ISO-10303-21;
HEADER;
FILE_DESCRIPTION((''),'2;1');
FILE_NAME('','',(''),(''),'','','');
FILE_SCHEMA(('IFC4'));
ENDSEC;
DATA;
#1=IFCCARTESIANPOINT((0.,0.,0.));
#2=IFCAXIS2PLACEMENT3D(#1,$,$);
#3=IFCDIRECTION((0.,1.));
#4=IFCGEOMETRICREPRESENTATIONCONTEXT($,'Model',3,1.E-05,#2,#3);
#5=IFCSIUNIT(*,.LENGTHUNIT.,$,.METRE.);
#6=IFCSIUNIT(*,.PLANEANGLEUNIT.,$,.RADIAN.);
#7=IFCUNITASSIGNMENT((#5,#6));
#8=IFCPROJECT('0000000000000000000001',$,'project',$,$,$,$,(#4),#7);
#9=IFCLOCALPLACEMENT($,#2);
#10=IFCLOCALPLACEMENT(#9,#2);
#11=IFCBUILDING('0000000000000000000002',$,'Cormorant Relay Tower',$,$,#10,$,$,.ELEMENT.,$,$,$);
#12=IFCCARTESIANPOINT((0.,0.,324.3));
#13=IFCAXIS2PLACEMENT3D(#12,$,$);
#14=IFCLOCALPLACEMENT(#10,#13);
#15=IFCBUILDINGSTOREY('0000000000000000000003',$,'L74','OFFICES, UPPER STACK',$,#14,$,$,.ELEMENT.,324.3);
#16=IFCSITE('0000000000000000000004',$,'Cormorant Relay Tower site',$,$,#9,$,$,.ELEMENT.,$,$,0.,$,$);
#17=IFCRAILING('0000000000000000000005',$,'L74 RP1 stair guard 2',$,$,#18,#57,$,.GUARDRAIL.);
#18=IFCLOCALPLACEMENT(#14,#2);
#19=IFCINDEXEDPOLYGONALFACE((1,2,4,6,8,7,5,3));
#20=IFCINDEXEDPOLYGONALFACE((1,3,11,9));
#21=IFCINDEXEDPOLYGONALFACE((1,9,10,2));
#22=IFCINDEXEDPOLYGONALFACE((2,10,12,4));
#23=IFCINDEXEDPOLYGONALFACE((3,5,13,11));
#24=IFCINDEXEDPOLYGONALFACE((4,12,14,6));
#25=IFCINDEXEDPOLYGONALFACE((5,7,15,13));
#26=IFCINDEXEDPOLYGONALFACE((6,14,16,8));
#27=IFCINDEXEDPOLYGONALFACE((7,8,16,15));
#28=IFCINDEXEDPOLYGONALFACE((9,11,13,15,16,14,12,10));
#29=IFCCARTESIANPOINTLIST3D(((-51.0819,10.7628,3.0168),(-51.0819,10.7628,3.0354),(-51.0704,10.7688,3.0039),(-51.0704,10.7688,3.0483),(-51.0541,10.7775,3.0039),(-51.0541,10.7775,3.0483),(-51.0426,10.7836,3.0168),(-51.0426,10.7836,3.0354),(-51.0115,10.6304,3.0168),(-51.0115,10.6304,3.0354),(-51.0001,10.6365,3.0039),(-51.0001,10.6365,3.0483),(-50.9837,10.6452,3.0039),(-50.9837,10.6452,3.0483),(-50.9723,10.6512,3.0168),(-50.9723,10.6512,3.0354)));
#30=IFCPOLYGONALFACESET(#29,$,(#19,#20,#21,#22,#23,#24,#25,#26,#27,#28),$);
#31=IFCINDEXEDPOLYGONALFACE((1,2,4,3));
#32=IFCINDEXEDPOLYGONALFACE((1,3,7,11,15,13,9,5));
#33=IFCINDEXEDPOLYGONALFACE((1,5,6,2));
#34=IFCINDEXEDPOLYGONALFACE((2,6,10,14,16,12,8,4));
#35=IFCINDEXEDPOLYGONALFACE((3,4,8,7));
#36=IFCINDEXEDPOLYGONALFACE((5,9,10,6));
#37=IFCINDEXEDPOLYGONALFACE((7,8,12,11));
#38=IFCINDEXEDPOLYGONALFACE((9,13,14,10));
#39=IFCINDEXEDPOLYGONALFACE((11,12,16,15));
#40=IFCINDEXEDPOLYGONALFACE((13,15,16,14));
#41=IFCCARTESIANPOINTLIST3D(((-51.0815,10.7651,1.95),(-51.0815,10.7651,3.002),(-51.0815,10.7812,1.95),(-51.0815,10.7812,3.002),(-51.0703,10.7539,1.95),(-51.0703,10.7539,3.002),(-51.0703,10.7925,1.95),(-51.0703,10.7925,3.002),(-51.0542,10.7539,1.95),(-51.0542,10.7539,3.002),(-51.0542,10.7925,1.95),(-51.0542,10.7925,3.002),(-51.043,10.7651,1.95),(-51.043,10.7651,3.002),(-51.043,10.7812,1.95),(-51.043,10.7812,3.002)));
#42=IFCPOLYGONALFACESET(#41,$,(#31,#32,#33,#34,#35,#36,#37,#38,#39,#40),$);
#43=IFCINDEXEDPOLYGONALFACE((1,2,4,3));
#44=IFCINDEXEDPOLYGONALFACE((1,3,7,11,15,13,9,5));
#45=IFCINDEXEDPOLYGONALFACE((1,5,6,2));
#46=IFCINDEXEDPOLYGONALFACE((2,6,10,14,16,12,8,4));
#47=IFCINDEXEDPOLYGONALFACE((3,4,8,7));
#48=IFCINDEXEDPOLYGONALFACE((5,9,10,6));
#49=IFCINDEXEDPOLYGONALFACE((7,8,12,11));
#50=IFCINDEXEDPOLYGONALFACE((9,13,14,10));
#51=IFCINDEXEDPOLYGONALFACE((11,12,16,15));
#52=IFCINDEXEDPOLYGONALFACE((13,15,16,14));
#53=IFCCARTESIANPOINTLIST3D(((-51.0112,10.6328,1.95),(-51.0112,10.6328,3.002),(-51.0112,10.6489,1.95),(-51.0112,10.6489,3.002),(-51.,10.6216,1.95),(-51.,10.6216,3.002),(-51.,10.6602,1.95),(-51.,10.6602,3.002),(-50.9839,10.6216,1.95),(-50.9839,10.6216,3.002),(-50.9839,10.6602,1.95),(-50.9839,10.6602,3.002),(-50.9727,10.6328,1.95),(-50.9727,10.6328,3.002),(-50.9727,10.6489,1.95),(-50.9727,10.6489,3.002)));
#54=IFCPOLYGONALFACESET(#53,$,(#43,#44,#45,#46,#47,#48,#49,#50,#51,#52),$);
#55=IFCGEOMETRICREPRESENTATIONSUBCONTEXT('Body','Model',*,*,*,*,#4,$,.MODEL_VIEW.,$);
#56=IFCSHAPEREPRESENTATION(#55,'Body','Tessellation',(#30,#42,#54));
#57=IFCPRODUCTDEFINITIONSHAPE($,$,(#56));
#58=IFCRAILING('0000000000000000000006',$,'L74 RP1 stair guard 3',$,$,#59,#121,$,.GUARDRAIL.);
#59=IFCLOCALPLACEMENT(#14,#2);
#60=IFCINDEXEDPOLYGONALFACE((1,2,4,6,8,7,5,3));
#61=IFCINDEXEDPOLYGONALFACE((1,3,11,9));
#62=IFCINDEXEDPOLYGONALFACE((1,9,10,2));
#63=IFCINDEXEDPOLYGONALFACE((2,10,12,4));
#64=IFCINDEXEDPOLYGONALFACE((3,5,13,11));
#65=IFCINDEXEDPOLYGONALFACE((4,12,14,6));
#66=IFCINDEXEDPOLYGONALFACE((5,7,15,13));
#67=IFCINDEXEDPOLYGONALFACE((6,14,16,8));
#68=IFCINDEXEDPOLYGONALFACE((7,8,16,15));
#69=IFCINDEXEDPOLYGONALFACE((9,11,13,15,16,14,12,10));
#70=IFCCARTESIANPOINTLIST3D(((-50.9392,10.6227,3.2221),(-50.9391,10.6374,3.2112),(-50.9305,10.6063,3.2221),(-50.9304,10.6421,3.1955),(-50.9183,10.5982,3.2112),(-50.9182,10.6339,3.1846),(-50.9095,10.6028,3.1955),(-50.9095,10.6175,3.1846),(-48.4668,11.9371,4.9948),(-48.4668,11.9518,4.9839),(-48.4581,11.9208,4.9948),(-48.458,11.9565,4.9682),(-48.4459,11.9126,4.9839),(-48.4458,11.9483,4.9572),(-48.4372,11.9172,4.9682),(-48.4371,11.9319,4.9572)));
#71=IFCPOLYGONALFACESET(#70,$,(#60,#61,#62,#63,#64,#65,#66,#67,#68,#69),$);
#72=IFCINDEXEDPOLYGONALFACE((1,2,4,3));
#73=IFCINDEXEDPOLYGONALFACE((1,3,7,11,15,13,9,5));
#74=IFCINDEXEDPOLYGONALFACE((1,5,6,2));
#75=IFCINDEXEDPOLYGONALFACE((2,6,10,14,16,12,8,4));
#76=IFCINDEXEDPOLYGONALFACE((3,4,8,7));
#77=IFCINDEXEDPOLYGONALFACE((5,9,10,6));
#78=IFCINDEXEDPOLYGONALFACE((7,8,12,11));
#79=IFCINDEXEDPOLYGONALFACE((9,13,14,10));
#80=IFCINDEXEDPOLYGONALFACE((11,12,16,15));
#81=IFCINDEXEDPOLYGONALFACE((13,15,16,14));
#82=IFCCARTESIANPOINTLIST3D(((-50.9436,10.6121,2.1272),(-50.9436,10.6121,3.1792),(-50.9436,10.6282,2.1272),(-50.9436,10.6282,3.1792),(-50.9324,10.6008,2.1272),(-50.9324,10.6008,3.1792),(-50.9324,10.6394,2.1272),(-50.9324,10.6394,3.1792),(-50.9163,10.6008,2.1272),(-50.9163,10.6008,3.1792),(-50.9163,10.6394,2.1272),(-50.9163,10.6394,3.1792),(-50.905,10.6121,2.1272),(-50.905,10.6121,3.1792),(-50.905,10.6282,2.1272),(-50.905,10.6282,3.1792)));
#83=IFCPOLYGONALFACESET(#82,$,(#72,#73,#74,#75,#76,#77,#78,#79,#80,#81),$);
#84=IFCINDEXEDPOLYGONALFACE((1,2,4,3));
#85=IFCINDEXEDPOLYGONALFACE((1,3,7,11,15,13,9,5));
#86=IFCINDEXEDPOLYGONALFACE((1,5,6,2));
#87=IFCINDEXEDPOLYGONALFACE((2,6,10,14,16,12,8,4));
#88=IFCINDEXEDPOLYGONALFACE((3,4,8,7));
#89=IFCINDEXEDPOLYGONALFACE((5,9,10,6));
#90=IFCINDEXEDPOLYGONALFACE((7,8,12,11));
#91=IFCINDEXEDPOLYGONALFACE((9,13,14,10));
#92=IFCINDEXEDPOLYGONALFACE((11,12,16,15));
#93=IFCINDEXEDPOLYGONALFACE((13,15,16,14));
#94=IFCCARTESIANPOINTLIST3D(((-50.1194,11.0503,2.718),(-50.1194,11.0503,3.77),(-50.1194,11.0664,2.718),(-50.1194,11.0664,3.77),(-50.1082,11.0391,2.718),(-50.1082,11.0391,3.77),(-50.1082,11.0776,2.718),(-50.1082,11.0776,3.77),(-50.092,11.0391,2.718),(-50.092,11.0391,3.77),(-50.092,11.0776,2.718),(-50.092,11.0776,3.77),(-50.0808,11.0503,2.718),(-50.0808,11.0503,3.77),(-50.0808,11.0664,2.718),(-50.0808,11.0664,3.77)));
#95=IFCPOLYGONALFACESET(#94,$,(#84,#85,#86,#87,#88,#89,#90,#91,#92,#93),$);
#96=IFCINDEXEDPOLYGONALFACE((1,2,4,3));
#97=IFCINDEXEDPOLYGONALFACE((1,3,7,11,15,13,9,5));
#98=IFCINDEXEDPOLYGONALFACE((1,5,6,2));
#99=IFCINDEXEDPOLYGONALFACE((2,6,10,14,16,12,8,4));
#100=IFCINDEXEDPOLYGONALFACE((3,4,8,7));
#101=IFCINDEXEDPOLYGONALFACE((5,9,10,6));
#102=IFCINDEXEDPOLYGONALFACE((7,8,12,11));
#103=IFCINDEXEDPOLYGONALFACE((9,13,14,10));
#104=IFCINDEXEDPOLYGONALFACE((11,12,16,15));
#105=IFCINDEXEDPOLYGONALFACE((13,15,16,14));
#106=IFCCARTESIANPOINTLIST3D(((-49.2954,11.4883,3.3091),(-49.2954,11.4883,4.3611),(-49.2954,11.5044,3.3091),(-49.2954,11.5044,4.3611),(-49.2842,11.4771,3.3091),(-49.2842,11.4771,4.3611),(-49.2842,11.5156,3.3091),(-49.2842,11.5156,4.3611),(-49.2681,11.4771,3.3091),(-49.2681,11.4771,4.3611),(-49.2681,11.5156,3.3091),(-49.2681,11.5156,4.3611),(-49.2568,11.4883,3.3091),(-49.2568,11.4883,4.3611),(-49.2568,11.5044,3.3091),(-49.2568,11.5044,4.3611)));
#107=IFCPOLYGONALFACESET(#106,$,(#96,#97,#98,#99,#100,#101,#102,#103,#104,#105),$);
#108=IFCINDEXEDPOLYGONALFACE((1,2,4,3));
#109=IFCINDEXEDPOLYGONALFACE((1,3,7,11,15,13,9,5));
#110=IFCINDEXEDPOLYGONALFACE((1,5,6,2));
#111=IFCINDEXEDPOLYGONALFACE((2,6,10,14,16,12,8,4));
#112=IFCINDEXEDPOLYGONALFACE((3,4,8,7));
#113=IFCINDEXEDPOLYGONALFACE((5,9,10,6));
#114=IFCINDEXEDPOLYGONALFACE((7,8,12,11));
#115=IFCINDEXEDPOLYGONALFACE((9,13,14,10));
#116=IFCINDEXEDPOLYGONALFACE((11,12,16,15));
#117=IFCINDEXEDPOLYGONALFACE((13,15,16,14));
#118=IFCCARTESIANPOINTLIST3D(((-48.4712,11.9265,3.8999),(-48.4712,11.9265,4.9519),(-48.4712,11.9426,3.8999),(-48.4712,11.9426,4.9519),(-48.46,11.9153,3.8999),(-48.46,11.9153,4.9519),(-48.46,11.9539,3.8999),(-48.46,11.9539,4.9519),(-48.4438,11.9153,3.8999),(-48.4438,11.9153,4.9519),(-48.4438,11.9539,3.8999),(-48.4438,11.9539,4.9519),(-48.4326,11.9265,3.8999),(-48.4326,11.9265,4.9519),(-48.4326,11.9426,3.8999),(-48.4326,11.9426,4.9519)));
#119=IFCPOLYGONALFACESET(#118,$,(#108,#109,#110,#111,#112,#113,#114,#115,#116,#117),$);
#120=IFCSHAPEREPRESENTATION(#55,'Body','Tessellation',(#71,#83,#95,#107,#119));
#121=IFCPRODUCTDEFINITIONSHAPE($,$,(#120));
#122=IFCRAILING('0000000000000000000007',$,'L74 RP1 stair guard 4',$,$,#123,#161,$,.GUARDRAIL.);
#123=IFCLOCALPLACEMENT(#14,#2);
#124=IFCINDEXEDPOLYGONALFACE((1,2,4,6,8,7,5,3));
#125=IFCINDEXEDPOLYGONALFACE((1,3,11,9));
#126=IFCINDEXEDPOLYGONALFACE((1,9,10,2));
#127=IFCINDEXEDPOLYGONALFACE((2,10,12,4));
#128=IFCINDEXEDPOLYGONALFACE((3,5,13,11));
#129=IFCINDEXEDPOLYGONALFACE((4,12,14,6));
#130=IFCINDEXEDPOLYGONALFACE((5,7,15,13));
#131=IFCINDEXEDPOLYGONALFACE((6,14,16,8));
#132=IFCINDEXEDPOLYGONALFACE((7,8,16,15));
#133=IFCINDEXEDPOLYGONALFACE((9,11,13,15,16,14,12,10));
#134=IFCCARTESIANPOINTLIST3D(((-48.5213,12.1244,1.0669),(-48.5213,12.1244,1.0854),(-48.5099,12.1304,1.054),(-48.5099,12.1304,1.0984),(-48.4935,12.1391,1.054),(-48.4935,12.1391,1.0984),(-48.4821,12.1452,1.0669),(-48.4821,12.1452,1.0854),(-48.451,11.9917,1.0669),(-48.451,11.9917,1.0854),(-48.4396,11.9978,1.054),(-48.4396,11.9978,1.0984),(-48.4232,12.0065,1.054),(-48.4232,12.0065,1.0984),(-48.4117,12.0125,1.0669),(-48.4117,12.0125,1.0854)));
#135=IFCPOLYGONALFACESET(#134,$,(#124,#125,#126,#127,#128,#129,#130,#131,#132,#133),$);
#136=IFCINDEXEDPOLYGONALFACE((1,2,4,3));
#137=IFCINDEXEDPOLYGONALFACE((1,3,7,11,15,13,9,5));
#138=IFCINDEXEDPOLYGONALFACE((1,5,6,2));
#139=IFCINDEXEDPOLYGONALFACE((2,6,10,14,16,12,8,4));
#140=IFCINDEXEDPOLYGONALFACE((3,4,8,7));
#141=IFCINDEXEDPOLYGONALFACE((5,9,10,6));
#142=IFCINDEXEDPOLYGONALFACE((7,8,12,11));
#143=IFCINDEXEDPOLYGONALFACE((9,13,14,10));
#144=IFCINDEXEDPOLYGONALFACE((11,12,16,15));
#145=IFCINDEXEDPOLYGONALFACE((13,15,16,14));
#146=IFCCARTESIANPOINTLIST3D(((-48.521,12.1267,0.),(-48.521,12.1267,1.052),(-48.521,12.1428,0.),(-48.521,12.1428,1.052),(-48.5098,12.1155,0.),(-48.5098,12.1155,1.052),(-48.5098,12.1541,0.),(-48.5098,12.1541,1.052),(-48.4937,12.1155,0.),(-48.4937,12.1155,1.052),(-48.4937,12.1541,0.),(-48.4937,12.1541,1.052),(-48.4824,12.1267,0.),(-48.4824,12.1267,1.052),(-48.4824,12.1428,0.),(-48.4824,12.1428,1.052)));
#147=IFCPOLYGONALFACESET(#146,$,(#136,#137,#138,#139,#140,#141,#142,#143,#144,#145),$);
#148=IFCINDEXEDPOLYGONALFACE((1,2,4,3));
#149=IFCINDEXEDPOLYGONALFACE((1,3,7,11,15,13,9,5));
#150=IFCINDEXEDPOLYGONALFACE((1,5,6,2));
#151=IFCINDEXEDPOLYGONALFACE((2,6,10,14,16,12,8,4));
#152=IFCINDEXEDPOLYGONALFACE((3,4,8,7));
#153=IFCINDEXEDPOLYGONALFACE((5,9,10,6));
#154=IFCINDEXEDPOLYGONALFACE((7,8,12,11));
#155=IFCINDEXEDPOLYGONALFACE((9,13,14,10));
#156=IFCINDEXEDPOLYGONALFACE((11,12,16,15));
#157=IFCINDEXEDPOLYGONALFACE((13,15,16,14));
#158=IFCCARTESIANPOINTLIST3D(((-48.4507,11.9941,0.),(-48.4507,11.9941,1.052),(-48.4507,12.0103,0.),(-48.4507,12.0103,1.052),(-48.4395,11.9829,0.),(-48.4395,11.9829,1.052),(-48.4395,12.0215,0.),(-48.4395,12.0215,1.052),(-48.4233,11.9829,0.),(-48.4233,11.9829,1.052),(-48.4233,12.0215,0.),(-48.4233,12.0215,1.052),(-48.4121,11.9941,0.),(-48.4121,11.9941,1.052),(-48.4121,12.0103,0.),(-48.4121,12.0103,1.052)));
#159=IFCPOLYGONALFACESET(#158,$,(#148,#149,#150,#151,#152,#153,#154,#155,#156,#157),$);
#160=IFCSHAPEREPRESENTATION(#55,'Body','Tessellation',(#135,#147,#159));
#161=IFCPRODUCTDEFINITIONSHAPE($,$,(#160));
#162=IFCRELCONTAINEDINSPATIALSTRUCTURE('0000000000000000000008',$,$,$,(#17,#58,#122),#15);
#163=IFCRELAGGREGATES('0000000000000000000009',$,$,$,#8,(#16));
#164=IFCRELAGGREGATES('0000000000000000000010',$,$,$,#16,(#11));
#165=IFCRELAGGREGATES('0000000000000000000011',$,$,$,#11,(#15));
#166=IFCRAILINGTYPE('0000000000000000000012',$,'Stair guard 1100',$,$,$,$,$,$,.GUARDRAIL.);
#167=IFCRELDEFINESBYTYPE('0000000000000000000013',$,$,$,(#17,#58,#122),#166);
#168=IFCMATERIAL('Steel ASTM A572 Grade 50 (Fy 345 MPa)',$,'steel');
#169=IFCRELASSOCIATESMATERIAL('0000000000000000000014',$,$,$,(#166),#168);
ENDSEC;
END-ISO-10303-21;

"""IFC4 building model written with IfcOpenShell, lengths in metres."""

from ifc_helpers import new_model, si_unit, direction, frame, origin, place, context, subcontext, project, spatial, polyline, outline, extrude, material, type_object, element, save


model = new_model("IFC4")

# Units and contexts
model_context = context("Model", 3, precision=1e-05, world=origin(), true_north=direction((0.0, 1.0)))
body_context = subcontext(model_context, "Body", "Model", "MODEL_VIEW")
ifc_project = project(units=[si_unit("LENGTHUNIT", "METRE"), si_unit("PLANEANGLEUNIT", "RADIAN")], contexts=[model_context])

# Site, building, storey
site_placement = place(None, origin())
site = spatial("IfcSite", under=ifc_project, at=site_placement, Name="Cormorant Relay Tower site", CompositionType="ELEMENT", RefElevation=0.0)
building_placement = place(site_placement, origin())
building = spatial("IfcBuilding", under=site, at=building_placement, Name="Cormorant Relay Tower", CompositionType="ELEMENT")
storey_placement = place(building_placement, frame((0.0, 0.0, 324.3)))
storey = spatial("IfcBuildingStorey", under=building, at=storey_placement, Name="L74", Description="OFFICES, UPPER STACK", CompositionType="ELEMENT", Elevation=324.3)

# Railings
ifc_material_1 = material(Name="Steel ASTM A572 Grade 50 (Fy 345 MPa)", Category="steel")
railing_type_1 = type_object("IfcRailingType", Name="Stair guard 1100", PredefinedType="GUARDRAIL", material=ifc_material_1)
railing_1_placement = place(storey_placement, frame((-51.0623, 10.7732, 1.95)))
element("IfcRailing", 1, at=railing_1_placement, inside=storey, type_object=railing_type_1, Name="L74 RP1 stair guard 2", PredefinedType="GUARDRAIL", context=body_context, shape_type="SweptSolid", body=[
    extrude(outline(polyline([(0.0222, 0.0093), (0.0093, 0.0222), (-0.0093, 0.0222), (-0.0222, 0.0093), (-0.0222, -0.0093), (-0.0093, -0.0222), (0.0093, -0.0222), (0.0222, -0.0093), (0.0222, 0.0093)])), frame((0.0, 0.0, 1.0762), z_axis=(0.469235, -0.883074, 0.0), x_axis=(0.883074, 0.469235, 0.0)), (0.0, 0.0, 1.0), 0.1499),
    extrude(outline(polyline([(0.0193, 0.0081), (0.0081, 0.0193), (-0.0081, 0.0193), (-0.0193, 0.0081), (-0.0193, -0.0081), (-0.0081, -0.0193), (0.0081, -0.0193), (0.0193, -0.0081), (0.0193, 0.0081)])), origin(), (0.0, 0.0, 1.0), 1.052),
    extrude(outline(polyline([(0.0193, 0.0081), (0.0081, 0.0193), (-0.0081, 0.0193), (-0.0193, 0.0081), (-0.0193, -0.0081), (-0.0081, -0.0193), (0.0081, -0.0193), (0.0193, -0.0081), (0.0193, 0.0081)])), frame((0.0703, -0.1323, 0.0)), (0.0, 0.0, 1.0), 1.052),
])
railing_2_placement = place(storey_placement, frame((-50.9243, 10.6201, 2.1272)))
element("IfcRailing", 2, at=railing_2_placement, inside=storey, type_object=railing_type_1, Name="L74 RP1 stair guard 3", PredefinedType="GUARDRAIL", context=body_context, shape_type="SweptSolid", body=[
    extrude(outline(polyline([(0.0222, 0.0093), (0.0093, 0.0222), (-0.0093, 0.0222), (-0.0222, 0.0093), (-0.0222, -0.0093), (-0.0093, -0.0222), (0.0093, -0.0222), (0.0222, -0.0093), (0.0222, 0.0093)])), frame((0.0, 0.0, 1.0762), z_axis=(0.746034, 0.396627, 0.534902), x_axis=(-0.469429, 0.88297, 0.0)), (0.0, 0.0, 1.0), 3.314),
    extrude(outline(polyline([(0.0193, 0.0081), (0.0081, 0.0193), (-0.0081, 0.0193), (-0.0193, 0.0081), (-0.0193, -0.0081), (-0.0081, -0.0193), (0.0081, -0.0193), (0.0193, -0.0081), (0.0193, 0.0081)])), origin(), (0.0, 0.0, 1.0), 1.052),
    extrude(outline(polyline([(0.0193, 0.0081), (0.0081, 0.0193), (-0.0081, 0.0193), (-0.0193, 0.0081), (-0.0193, -0.0081), (-0.0081, -0.0193), (0.0081, -0.0193), (0.0193, -0.0081), (0.0193, 0.0081)])), frame((0.8242, 0.4382, 0.5908)), (0.0, 0.0, 1.0), 1.052),
    extrude(outline(polyline([(0.0193, 0.0081), (0.0081, 0.0193), (-0.0081, 0.0193), (-0.0193, 0.0081), (-0.0193, -0.0081), (-0.0081, -0.0193), (0.0081, -0.0193), (0.0193, -0.0081), (0.0193, 0.0081)])), frame((1.6482, 0.8762, 1.1819)), (0.0, 0.0, 1.0), 1.052),
    extrude(outline(polyline([(0.0193, 0.0081), (0.0081, 0.0193), (-0.0081, 0.0193), (-0.0193, 0.0081), (-0.0193, -0.0081), (-0.0081, -0.0193), (0.0081, -0.0193), (0.0193, -0.0081), (0.0193, 0.0081)])), frame((2.4724, 1.3145, 1.7727)), (0.0, 0.0, 1.0), 1.052),
])
railing_3_placement = place(storey_placement, frame((-48.5017, 12.1348, 0.0)))
element("IfcRailing", 3, at=railing_3_placement, inside=storey, type_object=railing_type_1, Name="L74 RP1 stair guard 4", PredefinedType="GUARDRAIL", context=body_context, shape_type="SweptSolid", body=[
    extrude(outline(polyline([(0.0222, 0.0093), (0.0093, 0.0222), (-0.0093, 0.0222), (-0.0222, 0.0093), (-0.0222, -0.0093), (-0.0093, -0.0222), (0.0093, -0.0222), (0.0222, -0.0093), (0.0222, 0.0093)])), frame((0.0, 0.0, 1.0762), z_axis=(0.46856, -0.883431, 0.0), x_axis=(0.883431, 0.46856, 0.0)), (0.0, 0.0, 1.0), 0.1501),
    extrude(outline(polyline([(0.0193, 0.0081), (0.0081, 0.0193), (-0.0081, 0.0193), (-0.0193, 0.0081), (-0.0193, -0.0081), (-0.0081, -0.0193), (0.0081, -0.0193), (0.0193, -0.0081), (0.0193, 0.0081)])), origin(), (0.0, 0.0, 1.0), 1.052),
    extrude(outline(polyline([(0.0193, 0.0081), (0.0081, 0.0193), (-0.0081, 0.0193), (-0.0193, 0.0081), (-0.0193, -0.0081), (-0.0081, -0.0193), (0.0081, -0.0193), (0.0193, -0.0081), (0.0193, 0.0081)])), frame((0.0703, -0.1326, 0.0)), (0.0, 0.0, 1.0), 1.052),
])

save(model, "model.ifc")
